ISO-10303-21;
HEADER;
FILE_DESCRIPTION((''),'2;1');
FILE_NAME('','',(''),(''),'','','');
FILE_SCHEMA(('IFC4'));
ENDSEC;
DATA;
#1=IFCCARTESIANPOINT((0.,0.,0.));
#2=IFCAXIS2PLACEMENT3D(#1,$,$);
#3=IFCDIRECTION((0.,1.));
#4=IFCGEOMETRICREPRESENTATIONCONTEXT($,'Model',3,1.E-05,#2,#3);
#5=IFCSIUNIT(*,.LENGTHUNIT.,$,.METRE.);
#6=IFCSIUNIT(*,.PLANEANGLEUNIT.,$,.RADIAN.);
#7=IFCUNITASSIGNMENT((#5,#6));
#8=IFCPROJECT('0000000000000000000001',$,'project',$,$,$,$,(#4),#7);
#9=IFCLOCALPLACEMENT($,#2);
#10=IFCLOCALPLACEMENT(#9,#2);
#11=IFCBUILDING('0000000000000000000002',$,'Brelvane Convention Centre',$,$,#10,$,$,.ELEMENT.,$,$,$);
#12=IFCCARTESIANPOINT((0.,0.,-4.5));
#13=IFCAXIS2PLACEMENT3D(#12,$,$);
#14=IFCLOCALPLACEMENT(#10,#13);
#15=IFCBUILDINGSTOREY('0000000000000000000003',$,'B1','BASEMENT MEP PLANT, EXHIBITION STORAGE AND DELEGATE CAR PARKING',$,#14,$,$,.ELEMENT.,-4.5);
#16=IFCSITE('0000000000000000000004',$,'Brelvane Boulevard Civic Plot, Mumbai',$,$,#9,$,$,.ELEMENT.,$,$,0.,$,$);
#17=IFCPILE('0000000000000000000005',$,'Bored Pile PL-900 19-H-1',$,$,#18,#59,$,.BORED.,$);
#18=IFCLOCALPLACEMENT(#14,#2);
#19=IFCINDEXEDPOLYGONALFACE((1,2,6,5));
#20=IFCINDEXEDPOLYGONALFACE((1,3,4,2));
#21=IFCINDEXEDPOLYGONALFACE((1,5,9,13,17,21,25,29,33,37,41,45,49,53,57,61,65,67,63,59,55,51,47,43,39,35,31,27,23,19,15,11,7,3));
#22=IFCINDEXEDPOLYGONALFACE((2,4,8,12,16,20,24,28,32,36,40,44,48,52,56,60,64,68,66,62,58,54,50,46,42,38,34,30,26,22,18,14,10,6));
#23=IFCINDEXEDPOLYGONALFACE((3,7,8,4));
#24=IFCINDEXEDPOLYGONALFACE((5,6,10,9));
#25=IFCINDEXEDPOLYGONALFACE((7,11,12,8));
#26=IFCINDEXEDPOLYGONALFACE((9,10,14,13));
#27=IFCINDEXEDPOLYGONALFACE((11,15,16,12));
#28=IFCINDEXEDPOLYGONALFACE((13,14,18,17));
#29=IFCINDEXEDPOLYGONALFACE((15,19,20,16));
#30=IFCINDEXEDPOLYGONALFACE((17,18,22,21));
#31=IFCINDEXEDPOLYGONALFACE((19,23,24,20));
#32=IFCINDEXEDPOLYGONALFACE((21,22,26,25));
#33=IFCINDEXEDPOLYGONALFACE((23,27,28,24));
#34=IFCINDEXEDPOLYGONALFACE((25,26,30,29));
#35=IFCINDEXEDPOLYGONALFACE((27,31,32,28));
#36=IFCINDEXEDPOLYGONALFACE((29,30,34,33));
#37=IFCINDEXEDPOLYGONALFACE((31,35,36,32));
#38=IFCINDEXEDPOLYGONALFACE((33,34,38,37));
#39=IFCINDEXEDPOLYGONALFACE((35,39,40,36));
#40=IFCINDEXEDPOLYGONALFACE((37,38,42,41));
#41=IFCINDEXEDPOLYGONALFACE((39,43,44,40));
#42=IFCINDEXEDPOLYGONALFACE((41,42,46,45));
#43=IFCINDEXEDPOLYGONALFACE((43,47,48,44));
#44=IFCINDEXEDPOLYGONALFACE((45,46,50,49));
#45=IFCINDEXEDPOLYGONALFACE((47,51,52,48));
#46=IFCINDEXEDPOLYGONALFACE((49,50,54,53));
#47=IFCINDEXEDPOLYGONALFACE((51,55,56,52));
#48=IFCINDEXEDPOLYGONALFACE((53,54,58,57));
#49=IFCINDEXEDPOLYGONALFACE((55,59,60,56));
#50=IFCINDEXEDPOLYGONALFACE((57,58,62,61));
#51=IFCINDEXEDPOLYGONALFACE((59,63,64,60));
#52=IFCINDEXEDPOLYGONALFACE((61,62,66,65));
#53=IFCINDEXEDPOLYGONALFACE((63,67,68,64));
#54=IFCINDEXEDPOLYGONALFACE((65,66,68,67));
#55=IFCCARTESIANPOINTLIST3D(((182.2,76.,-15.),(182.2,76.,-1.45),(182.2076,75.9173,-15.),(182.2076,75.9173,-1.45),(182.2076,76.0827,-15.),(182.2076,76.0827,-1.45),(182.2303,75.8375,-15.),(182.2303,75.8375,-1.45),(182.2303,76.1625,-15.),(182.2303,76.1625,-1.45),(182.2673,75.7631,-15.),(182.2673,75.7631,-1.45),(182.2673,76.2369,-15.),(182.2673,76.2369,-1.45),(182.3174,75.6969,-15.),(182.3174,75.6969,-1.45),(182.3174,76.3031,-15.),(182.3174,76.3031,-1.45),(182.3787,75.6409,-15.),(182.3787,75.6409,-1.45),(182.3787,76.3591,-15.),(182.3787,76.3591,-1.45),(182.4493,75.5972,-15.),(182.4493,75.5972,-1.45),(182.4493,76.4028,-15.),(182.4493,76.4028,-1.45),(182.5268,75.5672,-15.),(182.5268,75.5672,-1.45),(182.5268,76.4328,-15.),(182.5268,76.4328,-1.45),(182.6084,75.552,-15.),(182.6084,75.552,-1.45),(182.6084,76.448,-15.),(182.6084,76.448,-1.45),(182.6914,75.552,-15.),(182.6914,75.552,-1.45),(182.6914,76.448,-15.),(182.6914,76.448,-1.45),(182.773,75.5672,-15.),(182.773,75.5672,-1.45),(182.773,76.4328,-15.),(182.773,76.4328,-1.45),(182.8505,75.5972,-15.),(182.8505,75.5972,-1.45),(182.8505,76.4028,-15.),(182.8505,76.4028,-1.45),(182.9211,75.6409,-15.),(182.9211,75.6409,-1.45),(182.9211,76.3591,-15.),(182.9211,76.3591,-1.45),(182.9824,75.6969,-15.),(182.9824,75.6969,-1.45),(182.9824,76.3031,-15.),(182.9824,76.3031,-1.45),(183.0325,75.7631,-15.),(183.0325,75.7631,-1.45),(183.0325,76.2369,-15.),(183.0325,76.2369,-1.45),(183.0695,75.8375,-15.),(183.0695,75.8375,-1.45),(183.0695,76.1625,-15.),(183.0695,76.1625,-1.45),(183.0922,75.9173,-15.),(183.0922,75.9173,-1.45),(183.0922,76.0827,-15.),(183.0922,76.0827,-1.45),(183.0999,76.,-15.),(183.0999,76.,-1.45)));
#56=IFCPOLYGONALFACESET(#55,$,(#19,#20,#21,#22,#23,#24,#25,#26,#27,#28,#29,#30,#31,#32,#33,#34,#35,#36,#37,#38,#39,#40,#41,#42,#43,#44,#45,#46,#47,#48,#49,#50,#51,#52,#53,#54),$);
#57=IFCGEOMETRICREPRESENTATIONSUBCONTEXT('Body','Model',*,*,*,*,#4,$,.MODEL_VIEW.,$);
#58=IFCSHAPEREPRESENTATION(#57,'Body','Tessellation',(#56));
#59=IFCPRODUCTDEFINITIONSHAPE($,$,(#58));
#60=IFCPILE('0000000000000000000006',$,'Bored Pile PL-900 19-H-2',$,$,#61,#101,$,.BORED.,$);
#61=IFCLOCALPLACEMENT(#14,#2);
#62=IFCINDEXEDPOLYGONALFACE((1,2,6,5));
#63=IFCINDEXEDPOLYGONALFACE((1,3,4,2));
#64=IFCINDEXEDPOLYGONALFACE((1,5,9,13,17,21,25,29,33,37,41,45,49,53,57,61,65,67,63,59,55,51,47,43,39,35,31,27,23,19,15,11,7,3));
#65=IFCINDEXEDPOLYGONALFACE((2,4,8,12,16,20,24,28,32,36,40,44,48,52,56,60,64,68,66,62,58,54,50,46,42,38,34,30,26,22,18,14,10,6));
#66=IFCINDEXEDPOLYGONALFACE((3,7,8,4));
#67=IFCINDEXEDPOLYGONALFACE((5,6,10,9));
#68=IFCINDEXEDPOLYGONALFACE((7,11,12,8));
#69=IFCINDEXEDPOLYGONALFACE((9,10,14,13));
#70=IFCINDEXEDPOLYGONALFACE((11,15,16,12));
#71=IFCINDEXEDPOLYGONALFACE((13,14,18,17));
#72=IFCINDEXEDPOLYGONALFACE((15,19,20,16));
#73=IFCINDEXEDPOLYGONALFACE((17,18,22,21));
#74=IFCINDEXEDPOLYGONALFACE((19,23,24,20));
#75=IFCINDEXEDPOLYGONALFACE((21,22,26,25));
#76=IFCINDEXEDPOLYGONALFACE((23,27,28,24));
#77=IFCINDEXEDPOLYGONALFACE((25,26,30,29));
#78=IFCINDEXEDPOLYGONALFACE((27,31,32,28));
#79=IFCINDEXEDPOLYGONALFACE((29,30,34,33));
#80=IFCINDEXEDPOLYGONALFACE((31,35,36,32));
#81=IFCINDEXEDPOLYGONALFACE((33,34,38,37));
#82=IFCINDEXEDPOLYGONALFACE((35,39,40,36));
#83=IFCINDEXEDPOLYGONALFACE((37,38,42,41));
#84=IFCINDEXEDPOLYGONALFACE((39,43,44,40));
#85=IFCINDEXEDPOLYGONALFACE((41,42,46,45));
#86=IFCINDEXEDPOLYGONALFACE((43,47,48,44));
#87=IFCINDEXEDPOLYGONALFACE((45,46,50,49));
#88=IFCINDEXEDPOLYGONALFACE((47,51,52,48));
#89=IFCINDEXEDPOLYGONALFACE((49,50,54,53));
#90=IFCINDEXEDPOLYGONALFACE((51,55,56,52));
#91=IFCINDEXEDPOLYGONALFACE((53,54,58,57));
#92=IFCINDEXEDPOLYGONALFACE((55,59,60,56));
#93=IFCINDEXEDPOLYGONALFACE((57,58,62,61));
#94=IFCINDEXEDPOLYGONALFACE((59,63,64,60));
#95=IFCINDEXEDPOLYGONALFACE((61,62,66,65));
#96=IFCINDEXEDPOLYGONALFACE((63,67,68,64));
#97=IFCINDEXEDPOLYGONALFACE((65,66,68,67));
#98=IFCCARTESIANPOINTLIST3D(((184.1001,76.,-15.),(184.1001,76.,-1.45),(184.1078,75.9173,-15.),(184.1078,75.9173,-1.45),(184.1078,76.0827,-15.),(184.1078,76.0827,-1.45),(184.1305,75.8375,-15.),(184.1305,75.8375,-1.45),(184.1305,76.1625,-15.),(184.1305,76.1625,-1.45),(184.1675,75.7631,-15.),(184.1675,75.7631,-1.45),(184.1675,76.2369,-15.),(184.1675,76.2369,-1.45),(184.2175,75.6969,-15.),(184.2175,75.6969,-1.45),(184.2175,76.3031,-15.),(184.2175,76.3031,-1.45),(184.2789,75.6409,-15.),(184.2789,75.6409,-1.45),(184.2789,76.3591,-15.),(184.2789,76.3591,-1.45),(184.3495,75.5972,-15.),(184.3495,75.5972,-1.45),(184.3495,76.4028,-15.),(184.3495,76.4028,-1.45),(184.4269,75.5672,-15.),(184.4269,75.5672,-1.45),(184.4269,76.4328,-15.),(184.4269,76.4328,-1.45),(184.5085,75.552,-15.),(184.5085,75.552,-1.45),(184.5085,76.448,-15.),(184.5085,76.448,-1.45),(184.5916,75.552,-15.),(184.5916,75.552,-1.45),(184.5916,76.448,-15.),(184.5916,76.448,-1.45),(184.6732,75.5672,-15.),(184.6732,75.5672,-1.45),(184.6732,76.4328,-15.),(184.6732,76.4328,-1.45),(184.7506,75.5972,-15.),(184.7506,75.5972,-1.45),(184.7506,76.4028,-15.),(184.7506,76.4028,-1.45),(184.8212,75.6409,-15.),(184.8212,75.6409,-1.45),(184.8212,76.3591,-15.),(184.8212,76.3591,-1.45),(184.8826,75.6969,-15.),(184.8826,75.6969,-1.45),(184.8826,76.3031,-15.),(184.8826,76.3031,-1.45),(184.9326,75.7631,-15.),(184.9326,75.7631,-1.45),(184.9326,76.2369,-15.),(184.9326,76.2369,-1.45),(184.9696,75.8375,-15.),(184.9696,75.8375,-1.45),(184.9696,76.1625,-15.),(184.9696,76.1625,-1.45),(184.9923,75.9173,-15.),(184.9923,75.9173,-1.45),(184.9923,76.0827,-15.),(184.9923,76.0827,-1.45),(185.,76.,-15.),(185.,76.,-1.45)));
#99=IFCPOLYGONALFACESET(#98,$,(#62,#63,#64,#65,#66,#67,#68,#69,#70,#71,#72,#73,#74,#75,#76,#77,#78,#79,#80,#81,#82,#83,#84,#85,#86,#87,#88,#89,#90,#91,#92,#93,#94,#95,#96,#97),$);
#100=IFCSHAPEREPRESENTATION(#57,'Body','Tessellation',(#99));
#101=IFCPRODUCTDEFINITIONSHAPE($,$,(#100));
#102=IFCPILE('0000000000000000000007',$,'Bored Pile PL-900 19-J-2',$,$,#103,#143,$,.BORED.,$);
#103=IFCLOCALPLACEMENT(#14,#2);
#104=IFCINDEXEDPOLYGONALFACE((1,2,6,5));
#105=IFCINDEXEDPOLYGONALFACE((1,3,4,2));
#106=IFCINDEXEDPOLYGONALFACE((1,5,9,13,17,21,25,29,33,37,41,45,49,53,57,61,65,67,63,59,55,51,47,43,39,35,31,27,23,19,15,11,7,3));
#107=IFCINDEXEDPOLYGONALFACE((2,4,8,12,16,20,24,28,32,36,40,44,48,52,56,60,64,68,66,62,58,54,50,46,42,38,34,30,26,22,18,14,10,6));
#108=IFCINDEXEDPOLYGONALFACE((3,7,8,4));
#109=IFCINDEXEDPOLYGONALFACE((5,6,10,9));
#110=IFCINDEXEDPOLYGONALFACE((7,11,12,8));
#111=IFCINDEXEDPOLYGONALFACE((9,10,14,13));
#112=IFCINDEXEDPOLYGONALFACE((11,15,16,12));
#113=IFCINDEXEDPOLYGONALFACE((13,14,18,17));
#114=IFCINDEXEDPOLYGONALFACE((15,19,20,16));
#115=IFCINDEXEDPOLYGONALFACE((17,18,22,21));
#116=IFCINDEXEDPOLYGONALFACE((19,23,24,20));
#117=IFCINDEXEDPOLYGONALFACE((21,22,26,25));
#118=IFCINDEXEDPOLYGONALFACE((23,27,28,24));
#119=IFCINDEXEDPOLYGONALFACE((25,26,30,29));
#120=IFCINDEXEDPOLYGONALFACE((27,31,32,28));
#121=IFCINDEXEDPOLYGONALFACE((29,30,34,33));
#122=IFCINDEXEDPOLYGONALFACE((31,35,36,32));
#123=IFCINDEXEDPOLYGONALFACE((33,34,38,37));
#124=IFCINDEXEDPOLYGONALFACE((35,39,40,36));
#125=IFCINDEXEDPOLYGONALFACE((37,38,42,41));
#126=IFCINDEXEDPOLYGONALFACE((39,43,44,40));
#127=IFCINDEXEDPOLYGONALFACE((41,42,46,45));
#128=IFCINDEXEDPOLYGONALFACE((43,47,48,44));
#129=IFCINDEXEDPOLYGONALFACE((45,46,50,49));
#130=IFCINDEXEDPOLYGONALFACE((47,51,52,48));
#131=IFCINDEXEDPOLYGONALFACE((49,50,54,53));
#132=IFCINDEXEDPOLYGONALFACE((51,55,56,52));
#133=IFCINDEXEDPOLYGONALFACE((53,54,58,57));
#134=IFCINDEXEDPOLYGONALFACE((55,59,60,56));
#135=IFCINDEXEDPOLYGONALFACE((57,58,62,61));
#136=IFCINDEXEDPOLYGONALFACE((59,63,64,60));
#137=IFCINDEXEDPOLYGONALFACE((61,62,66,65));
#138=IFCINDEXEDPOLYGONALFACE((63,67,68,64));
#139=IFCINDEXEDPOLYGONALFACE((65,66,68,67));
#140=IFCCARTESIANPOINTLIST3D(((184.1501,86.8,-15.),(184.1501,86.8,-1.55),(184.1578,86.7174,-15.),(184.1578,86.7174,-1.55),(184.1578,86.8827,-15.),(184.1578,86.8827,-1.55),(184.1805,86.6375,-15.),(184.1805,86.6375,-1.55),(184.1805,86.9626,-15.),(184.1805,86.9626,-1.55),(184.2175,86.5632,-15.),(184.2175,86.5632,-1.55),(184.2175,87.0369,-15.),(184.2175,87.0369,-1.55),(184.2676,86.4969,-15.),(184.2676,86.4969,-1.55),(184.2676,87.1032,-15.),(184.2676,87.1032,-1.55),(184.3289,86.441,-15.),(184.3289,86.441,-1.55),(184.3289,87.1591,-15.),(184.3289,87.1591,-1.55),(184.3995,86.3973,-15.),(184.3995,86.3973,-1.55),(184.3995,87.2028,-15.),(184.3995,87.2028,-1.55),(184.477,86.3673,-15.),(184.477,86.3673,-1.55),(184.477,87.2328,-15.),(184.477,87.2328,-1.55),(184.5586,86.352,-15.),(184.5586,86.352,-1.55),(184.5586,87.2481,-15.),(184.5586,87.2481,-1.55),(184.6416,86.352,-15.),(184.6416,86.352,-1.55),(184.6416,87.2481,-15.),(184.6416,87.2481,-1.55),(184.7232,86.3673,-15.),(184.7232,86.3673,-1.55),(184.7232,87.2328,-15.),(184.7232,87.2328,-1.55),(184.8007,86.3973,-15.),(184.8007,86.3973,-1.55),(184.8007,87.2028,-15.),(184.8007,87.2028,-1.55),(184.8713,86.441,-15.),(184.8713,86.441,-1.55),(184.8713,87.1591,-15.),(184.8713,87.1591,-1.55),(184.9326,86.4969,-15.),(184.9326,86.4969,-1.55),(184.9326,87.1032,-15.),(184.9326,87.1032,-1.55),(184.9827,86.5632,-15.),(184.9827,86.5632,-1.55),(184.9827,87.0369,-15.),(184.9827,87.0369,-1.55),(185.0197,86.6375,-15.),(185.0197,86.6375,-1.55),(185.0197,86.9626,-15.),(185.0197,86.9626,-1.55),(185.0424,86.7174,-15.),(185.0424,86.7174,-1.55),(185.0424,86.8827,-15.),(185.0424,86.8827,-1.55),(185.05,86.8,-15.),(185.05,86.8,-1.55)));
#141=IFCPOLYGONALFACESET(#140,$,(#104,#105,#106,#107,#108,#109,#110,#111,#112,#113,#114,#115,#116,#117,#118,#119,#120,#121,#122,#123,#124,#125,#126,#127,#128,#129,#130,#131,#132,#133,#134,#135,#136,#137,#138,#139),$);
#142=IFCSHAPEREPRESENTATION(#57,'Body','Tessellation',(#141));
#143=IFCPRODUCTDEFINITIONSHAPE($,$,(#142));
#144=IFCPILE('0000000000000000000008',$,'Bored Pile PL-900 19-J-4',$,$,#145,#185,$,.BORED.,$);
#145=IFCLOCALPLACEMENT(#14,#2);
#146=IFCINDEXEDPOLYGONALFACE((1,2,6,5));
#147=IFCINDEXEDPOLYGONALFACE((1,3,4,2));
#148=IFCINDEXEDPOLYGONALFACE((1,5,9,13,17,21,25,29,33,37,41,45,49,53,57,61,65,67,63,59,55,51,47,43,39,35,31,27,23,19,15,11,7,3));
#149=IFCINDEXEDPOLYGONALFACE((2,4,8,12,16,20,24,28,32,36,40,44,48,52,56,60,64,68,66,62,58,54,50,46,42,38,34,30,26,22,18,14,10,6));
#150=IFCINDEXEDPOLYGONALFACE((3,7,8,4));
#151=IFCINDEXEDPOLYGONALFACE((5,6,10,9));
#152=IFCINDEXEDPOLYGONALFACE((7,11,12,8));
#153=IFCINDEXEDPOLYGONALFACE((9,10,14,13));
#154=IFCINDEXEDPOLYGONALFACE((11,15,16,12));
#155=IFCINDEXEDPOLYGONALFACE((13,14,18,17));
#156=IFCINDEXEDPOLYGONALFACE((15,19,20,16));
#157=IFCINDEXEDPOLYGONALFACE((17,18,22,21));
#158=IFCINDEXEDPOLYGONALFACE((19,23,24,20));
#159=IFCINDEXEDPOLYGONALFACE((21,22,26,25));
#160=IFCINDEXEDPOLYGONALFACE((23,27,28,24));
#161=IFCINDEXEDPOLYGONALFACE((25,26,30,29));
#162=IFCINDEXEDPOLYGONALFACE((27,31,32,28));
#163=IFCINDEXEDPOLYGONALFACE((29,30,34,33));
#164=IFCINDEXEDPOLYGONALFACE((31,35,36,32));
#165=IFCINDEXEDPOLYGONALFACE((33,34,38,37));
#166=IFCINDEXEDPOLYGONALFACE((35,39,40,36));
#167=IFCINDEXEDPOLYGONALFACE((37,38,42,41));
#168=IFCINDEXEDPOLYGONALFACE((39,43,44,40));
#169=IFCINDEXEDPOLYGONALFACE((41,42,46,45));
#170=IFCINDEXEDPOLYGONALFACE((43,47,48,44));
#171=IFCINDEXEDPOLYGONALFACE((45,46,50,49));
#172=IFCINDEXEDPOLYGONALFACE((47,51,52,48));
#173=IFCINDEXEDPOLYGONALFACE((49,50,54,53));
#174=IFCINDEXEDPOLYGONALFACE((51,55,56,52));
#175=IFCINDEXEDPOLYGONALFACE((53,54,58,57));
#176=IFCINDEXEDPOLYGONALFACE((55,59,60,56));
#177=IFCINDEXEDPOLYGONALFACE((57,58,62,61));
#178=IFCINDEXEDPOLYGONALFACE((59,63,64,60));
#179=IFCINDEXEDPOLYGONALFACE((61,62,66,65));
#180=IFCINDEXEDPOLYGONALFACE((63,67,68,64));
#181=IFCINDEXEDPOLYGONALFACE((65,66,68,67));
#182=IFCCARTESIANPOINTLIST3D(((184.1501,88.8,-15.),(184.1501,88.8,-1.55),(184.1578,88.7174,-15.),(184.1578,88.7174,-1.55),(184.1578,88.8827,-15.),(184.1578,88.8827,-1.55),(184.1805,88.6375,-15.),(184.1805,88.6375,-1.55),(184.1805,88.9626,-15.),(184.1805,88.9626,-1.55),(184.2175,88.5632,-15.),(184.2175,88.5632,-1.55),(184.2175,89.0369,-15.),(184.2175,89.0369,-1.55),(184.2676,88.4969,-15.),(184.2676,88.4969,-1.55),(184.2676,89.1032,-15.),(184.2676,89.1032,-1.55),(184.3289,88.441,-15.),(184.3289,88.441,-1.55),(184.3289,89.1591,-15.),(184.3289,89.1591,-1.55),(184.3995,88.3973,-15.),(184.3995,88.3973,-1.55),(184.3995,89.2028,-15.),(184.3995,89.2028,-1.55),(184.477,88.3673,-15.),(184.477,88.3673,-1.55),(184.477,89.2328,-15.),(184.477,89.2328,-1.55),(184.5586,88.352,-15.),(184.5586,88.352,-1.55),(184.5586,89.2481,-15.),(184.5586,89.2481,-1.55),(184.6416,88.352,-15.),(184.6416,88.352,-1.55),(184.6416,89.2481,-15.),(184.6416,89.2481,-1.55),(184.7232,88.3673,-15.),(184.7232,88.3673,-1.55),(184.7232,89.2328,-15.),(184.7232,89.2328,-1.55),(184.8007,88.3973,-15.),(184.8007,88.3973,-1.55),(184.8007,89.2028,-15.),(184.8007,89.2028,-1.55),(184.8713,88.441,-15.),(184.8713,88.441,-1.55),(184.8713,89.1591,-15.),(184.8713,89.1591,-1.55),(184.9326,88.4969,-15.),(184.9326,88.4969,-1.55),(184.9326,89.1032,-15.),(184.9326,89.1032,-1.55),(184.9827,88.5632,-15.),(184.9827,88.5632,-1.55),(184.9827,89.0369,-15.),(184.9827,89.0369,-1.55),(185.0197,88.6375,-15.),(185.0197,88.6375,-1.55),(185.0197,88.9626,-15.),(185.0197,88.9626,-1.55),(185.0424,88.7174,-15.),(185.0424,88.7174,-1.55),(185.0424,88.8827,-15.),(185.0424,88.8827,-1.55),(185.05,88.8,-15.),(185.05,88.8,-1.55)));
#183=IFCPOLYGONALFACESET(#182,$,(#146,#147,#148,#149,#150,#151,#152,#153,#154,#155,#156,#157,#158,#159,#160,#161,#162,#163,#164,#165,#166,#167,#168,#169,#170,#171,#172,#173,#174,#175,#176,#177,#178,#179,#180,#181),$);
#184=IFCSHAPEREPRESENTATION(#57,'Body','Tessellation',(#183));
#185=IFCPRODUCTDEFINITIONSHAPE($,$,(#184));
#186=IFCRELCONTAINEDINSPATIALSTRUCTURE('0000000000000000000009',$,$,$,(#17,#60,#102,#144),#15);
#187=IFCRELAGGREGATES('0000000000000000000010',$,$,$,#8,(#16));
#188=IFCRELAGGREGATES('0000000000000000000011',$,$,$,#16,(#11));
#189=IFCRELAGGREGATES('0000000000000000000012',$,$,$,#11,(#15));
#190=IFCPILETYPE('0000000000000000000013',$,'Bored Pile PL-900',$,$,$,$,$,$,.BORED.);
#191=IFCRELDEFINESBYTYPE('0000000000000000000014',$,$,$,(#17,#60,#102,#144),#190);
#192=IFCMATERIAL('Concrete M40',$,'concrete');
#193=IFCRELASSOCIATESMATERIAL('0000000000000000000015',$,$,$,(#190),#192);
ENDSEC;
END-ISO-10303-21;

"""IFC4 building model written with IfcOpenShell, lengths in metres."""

from ifc_helpers import new_model, si_unit, direction, frame, origin, origin_2d, place, context, subcontext, project, spatial, circle, extrude, material, material_profile, profile_set, type_object, element, save


model = new_model("IFC4")

# Units and contexts
model_context = context("Model", 3, precision=1e-05, world=origin(), true_north=direction((0.0, 1.0)))
body_context = subcontext(model_context, "Body", "Model", "MODEL_VIEW")
ifc_project = project(units=[si_unit("LENGTHUNIT", "METRE"), si_unit("PLANEANGLEUNIT", "RADIAN")], contexts=[model_context])

# Site, building, storey
site_placement = place(None, origin())
site = spatial("IfcSite", under=ifc_project, at=site_placement, Name="Brelvane Boulevard Civic Plot, Mumbai", CompositionType="ELEMENT", RefElevation=0.0)
building_placement = place(site_placement, origin())
building = spatial("IfcBuilding", under=site, at=building_placement, Name="Brelvane Convention Centre", CompositionType="ELEMENT")
storey_placement = place(building_placement, frame((0.0, 0.0, -4.5)))
storey = spatial("IfcBuildingStorey", under=building, at=storey_placement, Name="B1", Description="BASEMENT MEP PLANT, EXHIBITION STORAGE AND DELEGATE CAR PARKING", CompositionType="ELEMENT", Elevation=-4.5)

# Piles
ifc_material_1 = material(Name="Concrete M40", Category="concrete")
ifc_material_profile_1 = material_profile(ifc_material_1, circle(Radius=0.45, at=origin_2d()), Name="PILE D900")
ifc_profile_set_1 = profile_set([ifc_material_profile_1], Name="Concrete M40")
pile_type = type_object("IfcPileType", Name="Bored Pile PL-900", PredefinedType="BORED", material=ifc_profile_set_1)
for number, where, z_axis, x_axis, name in (
    (1, (182.6499, 76.0, -1.45), (0.0, 0.0, -1.0), (1.0, 0.0, 0.0), "Bored Pile PL-900 19-H-1"),
    (2, (184.55, 76.0, -1.45), (0.0, 0.0, -1.0), (1.0, 0.0, 0.0), "Bored Pile PL-900 19-H-2"),
):
    element("IfcPile", number, at=place(storey_placement, frame(where, z_axis=z_axis, x_axis=x_axis)), inside=storey, type_object=pile_type, Name=name, PredefinedType="BORED", context=body_context, shape_type="SweptSolid", body=[
        extrude(circle(Radius=0.45, at=origin_2d()), origin(), (0.0, 0.0, 1.0), 13.55),
    ])
for number, where, z_axis, x_axis, name in (
    (3, (184.6001, 86.8, -1.55), (0.0, 0.0, -1.0), (1.0, 0.0, 0.0), "Bored Pile PL-900 19-J-2"),
    (4, (184.6001, 88.8, -1.55), (0.0, 0.0, -1.0), (1.0, 0.0, 0.0), "Bored Pile PL-900 19-J-4"),
):
    element("IfcPile", number, at=place(storey_placement, frame(where, z_axis=z_axis, x_axis=x_axis)), inside=storey, type_object=pile_type, Name=name, PredefinedType="BORED", context=body_context, shape_type="SweptSolid", body=[
        extrude(circle(Radius=0.45, at=origin_2d()), origin(), (0.0, 0.0, 1.0), 13.45),
    ])

save(model, "model.ifc")
